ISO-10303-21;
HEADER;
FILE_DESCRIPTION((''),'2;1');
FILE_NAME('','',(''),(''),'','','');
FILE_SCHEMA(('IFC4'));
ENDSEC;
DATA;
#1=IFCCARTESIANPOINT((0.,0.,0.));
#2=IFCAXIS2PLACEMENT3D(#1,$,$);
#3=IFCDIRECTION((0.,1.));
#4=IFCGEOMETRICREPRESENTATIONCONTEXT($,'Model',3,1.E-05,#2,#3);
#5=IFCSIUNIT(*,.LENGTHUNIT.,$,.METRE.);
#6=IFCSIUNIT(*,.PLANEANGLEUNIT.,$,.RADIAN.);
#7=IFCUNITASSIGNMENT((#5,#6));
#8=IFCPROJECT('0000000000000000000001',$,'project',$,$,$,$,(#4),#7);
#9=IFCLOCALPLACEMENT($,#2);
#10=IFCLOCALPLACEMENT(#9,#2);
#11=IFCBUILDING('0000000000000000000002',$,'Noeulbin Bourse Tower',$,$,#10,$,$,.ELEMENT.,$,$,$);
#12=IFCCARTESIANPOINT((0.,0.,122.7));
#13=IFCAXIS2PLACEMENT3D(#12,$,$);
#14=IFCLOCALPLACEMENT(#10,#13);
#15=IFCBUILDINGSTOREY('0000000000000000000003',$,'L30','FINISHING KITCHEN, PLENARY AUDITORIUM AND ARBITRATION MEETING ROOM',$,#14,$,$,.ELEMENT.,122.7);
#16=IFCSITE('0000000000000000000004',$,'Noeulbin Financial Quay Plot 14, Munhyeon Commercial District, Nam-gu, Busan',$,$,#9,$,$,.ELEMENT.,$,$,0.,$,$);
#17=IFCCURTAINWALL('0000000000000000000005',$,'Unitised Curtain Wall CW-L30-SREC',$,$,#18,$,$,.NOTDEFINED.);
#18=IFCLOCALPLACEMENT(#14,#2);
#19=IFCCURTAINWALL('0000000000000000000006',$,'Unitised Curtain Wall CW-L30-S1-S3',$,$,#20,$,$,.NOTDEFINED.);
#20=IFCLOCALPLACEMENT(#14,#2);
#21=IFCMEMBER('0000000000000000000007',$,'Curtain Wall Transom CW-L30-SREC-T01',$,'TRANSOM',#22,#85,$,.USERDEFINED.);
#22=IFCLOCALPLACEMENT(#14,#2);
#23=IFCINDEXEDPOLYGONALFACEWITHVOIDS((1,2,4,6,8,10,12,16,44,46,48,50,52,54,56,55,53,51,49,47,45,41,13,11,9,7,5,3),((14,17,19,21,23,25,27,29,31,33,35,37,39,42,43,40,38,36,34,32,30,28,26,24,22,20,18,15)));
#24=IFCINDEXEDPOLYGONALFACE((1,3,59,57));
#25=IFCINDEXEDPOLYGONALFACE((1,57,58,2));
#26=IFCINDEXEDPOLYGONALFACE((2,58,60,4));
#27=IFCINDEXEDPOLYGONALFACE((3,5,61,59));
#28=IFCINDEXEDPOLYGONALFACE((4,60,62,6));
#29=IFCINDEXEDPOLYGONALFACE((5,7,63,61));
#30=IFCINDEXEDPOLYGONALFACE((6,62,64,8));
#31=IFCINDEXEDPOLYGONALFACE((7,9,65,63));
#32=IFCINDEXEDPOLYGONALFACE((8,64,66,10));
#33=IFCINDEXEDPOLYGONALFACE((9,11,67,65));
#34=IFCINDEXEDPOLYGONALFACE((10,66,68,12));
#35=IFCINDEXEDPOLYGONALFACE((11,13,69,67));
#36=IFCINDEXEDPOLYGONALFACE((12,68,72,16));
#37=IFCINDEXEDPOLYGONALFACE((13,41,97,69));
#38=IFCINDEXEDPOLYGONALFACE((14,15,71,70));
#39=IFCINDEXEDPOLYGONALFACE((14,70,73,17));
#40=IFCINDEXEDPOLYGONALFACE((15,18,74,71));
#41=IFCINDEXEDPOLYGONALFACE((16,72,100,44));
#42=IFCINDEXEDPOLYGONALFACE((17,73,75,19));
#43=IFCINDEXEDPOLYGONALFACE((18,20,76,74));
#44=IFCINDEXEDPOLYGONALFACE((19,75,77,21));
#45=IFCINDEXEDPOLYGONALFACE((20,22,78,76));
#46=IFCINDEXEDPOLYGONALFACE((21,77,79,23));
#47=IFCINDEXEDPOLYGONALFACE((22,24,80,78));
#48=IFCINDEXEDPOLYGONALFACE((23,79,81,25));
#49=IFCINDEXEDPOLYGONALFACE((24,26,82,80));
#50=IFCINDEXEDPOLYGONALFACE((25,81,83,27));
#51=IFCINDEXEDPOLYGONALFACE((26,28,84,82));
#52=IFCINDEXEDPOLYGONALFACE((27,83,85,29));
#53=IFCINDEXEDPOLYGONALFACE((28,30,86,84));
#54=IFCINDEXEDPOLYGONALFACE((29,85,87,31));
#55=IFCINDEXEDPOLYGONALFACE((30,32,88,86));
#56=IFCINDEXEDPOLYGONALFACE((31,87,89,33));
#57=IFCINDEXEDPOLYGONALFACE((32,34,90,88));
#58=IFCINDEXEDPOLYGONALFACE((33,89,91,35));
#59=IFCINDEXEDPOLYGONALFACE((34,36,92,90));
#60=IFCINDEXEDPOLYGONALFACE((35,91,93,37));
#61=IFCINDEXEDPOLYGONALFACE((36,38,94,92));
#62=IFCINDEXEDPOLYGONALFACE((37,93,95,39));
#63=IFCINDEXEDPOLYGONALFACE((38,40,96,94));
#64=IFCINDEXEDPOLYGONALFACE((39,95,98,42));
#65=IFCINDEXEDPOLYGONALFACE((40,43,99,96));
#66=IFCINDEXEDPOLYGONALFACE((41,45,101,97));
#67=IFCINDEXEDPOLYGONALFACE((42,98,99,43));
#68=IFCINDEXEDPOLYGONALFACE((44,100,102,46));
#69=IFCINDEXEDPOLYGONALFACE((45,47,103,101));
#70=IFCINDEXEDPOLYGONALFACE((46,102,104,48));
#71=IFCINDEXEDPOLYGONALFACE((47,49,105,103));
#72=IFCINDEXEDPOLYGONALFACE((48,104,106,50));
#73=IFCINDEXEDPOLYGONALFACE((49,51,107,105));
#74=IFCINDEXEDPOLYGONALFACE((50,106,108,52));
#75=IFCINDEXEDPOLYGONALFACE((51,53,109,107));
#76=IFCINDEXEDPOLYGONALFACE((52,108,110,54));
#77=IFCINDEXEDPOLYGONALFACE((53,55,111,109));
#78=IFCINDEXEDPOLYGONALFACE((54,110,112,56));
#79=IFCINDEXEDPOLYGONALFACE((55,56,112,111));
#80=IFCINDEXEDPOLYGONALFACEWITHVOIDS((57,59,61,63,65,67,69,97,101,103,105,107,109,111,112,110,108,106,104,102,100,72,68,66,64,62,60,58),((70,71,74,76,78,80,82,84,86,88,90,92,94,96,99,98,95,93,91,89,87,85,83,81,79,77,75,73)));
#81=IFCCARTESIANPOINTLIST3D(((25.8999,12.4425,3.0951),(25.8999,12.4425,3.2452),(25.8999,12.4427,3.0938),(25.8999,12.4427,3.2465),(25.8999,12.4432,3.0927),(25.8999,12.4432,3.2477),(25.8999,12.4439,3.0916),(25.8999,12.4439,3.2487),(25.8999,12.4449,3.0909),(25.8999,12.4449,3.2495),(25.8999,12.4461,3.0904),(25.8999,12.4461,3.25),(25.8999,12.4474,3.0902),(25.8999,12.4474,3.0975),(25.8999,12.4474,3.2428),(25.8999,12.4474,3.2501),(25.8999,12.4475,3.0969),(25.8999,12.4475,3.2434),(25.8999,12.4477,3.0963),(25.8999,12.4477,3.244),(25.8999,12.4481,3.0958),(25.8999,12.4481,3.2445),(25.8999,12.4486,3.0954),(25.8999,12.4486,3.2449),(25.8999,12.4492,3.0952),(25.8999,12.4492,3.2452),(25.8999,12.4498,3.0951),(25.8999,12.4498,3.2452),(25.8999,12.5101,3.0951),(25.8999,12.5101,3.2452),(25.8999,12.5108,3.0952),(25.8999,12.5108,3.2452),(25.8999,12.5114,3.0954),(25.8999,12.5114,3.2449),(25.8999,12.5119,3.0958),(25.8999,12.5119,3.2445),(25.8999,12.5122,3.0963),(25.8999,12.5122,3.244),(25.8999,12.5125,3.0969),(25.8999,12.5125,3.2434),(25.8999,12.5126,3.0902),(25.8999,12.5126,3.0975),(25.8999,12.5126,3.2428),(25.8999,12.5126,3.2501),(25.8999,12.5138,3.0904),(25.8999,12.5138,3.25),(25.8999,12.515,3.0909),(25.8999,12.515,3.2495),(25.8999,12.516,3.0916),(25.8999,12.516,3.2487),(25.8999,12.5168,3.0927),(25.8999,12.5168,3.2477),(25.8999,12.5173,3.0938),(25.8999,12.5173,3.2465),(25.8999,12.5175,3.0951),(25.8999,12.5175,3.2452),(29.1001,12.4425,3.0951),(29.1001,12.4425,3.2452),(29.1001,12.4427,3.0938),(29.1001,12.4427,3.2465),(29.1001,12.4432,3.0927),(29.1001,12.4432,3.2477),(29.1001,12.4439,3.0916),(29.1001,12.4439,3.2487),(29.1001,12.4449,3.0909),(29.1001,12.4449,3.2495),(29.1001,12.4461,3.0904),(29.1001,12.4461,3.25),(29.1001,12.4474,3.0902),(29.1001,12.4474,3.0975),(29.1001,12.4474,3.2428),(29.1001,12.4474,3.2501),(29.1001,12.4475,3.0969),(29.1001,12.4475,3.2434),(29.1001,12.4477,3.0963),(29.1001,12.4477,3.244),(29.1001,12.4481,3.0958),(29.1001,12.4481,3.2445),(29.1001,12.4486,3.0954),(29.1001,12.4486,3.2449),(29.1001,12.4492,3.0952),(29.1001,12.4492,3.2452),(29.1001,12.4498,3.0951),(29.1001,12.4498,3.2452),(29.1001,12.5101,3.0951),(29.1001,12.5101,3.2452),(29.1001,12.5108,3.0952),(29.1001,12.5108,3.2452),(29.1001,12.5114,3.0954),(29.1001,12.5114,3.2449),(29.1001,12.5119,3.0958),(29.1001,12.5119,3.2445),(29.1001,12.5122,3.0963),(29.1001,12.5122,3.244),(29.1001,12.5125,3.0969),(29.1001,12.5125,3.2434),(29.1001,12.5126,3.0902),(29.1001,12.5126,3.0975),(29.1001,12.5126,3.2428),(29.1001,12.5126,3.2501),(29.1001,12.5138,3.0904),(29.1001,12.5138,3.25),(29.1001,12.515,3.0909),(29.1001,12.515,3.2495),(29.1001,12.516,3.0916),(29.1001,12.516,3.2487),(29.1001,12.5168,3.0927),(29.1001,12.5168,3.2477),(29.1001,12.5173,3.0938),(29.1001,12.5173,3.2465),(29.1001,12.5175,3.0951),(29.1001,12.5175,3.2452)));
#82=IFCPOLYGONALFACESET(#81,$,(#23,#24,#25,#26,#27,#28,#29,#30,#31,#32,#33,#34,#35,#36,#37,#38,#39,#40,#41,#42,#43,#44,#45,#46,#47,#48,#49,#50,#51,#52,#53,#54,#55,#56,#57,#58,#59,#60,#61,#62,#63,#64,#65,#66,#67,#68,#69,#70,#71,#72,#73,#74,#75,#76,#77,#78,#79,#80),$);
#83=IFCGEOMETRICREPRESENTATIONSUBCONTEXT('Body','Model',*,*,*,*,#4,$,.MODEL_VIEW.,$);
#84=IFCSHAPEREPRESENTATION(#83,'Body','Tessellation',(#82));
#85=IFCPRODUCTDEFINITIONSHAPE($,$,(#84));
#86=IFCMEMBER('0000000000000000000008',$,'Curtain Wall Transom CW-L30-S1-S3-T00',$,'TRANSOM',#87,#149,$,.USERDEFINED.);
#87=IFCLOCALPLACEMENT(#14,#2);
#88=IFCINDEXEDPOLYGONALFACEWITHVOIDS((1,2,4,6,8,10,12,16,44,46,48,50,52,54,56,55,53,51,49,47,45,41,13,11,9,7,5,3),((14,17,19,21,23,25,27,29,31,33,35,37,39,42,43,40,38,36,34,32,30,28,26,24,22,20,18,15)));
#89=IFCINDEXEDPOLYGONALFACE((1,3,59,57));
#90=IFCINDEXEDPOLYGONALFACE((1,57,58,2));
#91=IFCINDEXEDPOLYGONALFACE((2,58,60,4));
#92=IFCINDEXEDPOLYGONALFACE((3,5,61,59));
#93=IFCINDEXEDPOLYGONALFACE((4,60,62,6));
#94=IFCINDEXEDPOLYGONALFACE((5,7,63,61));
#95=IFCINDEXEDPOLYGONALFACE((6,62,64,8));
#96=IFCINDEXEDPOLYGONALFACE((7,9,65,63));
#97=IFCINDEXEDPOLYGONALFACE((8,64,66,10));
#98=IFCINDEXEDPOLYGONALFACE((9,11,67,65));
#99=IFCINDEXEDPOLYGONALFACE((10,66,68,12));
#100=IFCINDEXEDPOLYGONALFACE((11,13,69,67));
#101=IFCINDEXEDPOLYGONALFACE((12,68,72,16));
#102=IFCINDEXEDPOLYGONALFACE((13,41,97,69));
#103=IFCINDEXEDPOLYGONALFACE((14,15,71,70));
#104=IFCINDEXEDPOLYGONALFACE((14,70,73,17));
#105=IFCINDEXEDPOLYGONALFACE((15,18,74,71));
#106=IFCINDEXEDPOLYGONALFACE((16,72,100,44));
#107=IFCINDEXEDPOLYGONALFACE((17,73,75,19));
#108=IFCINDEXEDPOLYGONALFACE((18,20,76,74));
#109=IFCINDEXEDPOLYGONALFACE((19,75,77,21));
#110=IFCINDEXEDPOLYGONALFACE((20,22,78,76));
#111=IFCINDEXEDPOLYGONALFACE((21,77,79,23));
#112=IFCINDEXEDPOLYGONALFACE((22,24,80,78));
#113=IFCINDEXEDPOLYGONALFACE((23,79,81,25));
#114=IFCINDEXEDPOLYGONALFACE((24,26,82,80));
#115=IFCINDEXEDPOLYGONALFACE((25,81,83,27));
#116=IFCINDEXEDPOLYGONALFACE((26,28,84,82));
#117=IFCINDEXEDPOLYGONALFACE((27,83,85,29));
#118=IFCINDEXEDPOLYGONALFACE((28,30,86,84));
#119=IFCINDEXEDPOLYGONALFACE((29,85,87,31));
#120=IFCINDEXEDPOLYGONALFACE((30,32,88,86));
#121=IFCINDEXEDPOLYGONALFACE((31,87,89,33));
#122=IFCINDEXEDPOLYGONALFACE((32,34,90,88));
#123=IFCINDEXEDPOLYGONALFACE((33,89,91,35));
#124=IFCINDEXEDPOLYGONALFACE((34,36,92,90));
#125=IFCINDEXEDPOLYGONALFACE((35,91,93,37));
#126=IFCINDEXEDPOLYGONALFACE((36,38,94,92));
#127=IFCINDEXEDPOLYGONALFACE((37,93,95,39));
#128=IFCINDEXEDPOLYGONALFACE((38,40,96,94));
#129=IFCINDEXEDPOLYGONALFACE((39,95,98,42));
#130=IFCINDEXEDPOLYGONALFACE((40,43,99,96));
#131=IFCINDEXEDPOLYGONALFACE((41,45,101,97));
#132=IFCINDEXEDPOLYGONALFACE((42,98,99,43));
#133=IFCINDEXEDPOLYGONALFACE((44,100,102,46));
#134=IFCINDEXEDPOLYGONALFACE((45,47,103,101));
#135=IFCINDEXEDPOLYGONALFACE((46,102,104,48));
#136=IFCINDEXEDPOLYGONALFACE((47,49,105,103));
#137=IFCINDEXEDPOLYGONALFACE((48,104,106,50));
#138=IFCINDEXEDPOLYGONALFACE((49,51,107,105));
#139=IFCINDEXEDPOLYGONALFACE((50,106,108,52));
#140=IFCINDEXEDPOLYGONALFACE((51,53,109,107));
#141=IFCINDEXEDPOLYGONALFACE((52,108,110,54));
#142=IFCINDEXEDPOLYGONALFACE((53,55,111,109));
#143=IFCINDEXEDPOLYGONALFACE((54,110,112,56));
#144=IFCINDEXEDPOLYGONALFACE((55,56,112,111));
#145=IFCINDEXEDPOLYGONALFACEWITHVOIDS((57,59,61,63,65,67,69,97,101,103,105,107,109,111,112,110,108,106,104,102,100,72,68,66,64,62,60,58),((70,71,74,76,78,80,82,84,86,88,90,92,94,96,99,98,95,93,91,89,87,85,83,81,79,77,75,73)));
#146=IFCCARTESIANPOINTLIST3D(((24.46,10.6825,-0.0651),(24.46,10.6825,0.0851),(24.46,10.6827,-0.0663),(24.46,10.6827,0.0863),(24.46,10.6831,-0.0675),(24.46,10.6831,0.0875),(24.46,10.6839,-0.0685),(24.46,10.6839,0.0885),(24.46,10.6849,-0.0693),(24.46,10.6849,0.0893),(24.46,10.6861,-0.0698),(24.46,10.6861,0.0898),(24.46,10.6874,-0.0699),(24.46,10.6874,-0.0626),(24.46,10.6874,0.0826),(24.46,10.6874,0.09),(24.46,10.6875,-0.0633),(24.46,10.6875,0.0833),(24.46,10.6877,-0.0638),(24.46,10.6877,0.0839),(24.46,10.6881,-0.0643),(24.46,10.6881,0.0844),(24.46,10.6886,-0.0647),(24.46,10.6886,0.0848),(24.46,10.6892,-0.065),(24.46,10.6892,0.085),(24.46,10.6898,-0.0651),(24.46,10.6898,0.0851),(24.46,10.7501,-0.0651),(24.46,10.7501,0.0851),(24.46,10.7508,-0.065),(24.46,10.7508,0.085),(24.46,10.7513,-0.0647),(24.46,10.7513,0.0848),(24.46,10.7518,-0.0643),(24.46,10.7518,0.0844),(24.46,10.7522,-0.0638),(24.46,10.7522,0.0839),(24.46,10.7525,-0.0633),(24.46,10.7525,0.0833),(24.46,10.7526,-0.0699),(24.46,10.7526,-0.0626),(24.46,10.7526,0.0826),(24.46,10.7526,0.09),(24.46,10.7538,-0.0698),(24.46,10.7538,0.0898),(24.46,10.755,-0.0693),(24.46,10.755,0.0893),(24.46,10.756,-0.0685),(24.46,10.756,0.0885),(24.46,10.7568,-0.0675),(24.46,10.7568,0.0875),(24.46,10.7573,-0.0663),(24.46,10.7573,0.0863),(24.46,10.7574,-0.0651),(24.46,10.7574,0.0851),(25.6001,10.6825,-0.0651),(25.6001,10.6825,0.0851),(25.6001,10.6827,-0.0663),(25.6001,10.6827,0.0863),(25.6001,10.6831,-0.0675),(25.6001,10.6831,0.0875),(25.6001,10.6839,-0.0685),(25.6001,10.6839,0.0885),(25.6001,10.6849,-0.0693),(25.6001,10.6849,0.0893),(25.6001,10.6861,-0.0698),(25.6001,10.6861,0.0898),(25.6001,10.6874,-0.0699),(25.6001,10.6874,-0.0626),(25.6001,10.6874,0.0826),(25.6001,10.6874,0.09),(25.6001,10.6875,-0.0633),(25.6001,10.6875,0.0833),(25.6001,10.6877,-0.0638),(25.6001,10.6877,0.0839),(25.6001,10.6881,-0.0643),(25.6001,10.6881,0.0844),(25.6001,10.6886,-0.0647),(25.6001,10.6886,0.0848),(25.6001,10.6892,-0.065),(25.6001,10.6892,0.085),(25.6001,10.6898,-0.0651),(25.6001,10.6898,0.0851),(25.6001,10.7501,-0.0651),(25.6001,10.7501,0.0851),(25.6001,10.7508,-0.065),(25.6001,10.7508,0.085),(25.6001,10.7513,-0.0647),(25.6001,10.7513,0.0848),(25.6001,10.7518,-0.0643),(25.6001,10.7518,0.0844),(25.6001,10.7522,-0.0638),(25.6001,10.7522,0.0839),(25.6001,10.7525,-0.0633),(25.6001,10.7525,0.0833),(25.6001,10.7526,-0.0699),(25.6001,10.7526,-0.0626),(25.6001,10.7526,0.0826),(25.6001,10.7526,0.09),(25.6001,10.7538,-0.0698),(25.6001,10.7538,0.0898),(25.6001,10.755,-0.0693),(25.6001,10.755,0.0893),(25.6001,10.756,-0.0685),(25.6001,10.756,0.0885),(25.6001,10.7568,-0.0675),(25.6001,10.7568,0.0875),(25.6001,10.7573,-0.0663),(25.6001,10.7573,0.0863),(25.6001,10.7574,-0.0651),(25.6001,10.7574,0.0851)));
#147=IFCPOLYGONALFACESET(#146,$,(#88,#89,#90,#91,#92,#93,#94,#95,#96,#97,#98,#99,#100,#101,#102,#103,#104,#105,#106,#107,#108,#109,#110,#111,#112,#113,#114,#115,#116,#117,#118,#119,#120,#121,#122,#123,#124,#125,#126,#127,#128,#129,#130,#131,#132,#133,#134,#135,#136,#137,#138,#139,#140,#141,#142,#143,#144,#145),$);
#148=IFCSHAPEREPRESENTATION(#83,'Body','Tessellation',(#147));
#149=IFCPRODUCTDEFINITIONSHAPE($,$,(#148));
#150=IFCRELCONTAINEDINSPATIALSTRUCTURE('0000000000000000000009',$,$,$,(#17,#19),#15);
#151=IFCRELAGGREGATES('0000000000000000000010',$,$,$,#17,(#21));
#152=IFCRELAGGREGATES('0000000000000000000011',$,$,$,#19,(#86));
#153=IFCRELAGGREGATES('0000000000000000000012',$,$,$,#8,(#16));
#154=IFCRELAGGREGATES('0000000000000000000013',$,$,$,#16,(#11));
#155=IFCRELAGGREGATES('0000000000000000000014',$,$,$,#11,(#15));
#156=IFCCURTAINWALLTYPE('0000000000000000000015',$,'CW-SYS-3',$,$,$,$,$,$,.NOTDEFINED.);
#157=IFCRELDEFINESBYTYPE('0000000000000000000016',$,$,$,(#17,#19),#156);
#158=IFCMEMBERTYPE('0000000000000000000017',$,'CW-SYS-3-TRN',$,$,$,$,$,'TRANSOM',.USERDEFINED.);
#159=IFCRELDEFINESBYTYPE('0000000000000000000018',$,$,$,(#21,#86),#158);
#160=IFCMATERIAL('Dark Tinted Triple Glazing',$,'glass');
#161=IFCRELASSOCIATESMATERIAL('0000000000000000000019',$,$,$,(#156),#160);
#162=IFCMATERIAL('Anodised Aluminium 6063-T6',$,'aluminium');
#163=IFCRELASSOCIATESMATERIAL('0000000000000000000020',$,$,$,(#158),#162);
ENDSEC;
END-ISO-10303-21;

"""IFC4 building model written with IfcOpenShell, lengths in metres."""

from ifc_helpers import new_model, si_unit, direction, frame, origin, origin_2d, place, context, subcontext, project, spatial, hollow_rectangle, extrude, material, material_profile, profile_set, type_object, element, aggregate, save


model = new_model("IFC4")

# Units and contexts
model_context = context("Model", 3, precision=1e-05, world=origin(), true_north=direction((0.0, 1.0)))
body_context = subcontext(model_context, "Body", "Model", "MODEL_VIEW")
ifc_project = project(units=[si_unit("LENGTHUNIT", "METRE"), si_unit("PLANEANGLEUNIT", "RADIAN")], contexts=[model_context])

# Site, building, storey
site_placement = place(None, origin())
site = spatial("IfcSite", under=ifc_project, at=site_placement, Name="Noeulbin Financial Quay Plot 14, Munhyeon Commercial District, Nam-gu, Busan", CompositionType="ELEMENT", RefElevation=0.0)
building_placement = place(site_placement, origin())
building = spatial("IfcBuilding", under=site, at=building_placement, Name="Noeulbin Bourse Tower", CompositionType="ELEMENT")
storey_placement = place(building_placement, frame((0.0, 0.0, 122.7)))
storey = spatial("IfcBuildingStorey", under=building, at=storey_placement, Name="L30", Description="FINISHING KITCHEN, PLENARY AUDITORIUM AND ARBITRATION MEETING ROOM", CompositionType="ELEMENT", Elevation=122.7)

# Curtain wall
ifc_material_1 = material(Name="Dark Tinted Triple Glazing", Category="glass")
curtain_wall_type = type_object("IfcCurtainWallType", Name="CW-SYS-3", PredefinedType="NOTDEFINED", material=ifc_material_1)
curtain_wall_1_placement = place(storey_placement, origin())
curtain_wall_1 = element("IfcCurtainWall", 1, at=curtain_wall_1_placement, inside=storey, type_object=curtain_wall_type, Name="Unitised Curtain Wall CW-L30-SREC", PredefinedType="NOTDEFINED")
ifc_material_2 = material(Name="Anodised Aluminium 6063-T6", Category="aluminium")

# Curtain wall
curtain_wall_2_placement = place(storey_placement, origin())
curtain_wall_2 = element("IfcCurtainWall", 2, at=curtain_wall_2_placement, inside=storey, type_object=curtain_wall_type, Name="Unitised Curtain Wall CW-L30-S1-S3", PredefinedType="NOTDEFINED")

# Members
ifc_material_profile_1 = material_profile(ifc_material_2, hollow_rectangle(XDim=0.075, YDim=0.1599, WallThickness=0.0049, InnerFilletRadius=0.0024, OuterFilletRadius=0.0049, at=origin_2d()), Name="ALU-TRAN-75x160x5", Category="LoadBearing")
ifc_profile_set_1 = profile_set([ifc_material_profile_1], Name="Anodised Aluminium 6063-T6")
member_type_1 = type_object("IfcMemberType", Name="CW-SYS-3-TRN", ElementType="TRANSOM", PredefinedType="USERDEFINED", material=ifc_profile_set_1)
member_1_placement = place(storey_placement, frame((25.8999, 12.48, 3.1702), z_axis=(1.0, 0.0, 0.0), x_axis=(0.0, 1.0, 0.0)))
member_1 = element("IfcMember", 3, at=member_1_placement, type_object=member_type_1, Name="Curtain Wall Transom CW-L30-SREC-T01", ObjectType="TRANSOM", PredefinedType="USERDEFINED", context=body_context, shape_type="SweptSolid", body=[
    extrude(hollow_rectangle(XDim=0.075, YDim=0.1599, WallThickness=0.0049, InnerFilletRadius=0.0024, OuterFilletRadius=0.0049, at=origin_2d()), origin(), (0.0, 0.0, 1.0), 3.2002),
])
aggregate(curtain_wall_1, [member_1])
member_2_placement = place(storey_placement, frame((24.46, 10.72, 0.01), z_axis=(1.0, 0.0, 0.0), x_axis=(0.0, 1.0, 0.0)))
member_2 = element("IfcMember", 4, at=member_2_placement, type_object=member_type_1, Name="Curtain Wall Transom CW-L30-S1-S3-T00", ObjectType="TRANSOM", PredefinedType="USERDEFINED", context=body_context, shape_type="SweptSolid", body=[
    extrude(hollow_rectangle(XDim=0.075, YDim=0.1599, WallThickness=0.0049, InnerFilletRadius=0.0024, OuterFilletRadius=0.0049, at=origin_2d()), origin(), (0.0, 0.0, 1.0), 1.1401),
])

aggregate(curtain_wall_2, [member_2])

save(model, "model.ifc")
